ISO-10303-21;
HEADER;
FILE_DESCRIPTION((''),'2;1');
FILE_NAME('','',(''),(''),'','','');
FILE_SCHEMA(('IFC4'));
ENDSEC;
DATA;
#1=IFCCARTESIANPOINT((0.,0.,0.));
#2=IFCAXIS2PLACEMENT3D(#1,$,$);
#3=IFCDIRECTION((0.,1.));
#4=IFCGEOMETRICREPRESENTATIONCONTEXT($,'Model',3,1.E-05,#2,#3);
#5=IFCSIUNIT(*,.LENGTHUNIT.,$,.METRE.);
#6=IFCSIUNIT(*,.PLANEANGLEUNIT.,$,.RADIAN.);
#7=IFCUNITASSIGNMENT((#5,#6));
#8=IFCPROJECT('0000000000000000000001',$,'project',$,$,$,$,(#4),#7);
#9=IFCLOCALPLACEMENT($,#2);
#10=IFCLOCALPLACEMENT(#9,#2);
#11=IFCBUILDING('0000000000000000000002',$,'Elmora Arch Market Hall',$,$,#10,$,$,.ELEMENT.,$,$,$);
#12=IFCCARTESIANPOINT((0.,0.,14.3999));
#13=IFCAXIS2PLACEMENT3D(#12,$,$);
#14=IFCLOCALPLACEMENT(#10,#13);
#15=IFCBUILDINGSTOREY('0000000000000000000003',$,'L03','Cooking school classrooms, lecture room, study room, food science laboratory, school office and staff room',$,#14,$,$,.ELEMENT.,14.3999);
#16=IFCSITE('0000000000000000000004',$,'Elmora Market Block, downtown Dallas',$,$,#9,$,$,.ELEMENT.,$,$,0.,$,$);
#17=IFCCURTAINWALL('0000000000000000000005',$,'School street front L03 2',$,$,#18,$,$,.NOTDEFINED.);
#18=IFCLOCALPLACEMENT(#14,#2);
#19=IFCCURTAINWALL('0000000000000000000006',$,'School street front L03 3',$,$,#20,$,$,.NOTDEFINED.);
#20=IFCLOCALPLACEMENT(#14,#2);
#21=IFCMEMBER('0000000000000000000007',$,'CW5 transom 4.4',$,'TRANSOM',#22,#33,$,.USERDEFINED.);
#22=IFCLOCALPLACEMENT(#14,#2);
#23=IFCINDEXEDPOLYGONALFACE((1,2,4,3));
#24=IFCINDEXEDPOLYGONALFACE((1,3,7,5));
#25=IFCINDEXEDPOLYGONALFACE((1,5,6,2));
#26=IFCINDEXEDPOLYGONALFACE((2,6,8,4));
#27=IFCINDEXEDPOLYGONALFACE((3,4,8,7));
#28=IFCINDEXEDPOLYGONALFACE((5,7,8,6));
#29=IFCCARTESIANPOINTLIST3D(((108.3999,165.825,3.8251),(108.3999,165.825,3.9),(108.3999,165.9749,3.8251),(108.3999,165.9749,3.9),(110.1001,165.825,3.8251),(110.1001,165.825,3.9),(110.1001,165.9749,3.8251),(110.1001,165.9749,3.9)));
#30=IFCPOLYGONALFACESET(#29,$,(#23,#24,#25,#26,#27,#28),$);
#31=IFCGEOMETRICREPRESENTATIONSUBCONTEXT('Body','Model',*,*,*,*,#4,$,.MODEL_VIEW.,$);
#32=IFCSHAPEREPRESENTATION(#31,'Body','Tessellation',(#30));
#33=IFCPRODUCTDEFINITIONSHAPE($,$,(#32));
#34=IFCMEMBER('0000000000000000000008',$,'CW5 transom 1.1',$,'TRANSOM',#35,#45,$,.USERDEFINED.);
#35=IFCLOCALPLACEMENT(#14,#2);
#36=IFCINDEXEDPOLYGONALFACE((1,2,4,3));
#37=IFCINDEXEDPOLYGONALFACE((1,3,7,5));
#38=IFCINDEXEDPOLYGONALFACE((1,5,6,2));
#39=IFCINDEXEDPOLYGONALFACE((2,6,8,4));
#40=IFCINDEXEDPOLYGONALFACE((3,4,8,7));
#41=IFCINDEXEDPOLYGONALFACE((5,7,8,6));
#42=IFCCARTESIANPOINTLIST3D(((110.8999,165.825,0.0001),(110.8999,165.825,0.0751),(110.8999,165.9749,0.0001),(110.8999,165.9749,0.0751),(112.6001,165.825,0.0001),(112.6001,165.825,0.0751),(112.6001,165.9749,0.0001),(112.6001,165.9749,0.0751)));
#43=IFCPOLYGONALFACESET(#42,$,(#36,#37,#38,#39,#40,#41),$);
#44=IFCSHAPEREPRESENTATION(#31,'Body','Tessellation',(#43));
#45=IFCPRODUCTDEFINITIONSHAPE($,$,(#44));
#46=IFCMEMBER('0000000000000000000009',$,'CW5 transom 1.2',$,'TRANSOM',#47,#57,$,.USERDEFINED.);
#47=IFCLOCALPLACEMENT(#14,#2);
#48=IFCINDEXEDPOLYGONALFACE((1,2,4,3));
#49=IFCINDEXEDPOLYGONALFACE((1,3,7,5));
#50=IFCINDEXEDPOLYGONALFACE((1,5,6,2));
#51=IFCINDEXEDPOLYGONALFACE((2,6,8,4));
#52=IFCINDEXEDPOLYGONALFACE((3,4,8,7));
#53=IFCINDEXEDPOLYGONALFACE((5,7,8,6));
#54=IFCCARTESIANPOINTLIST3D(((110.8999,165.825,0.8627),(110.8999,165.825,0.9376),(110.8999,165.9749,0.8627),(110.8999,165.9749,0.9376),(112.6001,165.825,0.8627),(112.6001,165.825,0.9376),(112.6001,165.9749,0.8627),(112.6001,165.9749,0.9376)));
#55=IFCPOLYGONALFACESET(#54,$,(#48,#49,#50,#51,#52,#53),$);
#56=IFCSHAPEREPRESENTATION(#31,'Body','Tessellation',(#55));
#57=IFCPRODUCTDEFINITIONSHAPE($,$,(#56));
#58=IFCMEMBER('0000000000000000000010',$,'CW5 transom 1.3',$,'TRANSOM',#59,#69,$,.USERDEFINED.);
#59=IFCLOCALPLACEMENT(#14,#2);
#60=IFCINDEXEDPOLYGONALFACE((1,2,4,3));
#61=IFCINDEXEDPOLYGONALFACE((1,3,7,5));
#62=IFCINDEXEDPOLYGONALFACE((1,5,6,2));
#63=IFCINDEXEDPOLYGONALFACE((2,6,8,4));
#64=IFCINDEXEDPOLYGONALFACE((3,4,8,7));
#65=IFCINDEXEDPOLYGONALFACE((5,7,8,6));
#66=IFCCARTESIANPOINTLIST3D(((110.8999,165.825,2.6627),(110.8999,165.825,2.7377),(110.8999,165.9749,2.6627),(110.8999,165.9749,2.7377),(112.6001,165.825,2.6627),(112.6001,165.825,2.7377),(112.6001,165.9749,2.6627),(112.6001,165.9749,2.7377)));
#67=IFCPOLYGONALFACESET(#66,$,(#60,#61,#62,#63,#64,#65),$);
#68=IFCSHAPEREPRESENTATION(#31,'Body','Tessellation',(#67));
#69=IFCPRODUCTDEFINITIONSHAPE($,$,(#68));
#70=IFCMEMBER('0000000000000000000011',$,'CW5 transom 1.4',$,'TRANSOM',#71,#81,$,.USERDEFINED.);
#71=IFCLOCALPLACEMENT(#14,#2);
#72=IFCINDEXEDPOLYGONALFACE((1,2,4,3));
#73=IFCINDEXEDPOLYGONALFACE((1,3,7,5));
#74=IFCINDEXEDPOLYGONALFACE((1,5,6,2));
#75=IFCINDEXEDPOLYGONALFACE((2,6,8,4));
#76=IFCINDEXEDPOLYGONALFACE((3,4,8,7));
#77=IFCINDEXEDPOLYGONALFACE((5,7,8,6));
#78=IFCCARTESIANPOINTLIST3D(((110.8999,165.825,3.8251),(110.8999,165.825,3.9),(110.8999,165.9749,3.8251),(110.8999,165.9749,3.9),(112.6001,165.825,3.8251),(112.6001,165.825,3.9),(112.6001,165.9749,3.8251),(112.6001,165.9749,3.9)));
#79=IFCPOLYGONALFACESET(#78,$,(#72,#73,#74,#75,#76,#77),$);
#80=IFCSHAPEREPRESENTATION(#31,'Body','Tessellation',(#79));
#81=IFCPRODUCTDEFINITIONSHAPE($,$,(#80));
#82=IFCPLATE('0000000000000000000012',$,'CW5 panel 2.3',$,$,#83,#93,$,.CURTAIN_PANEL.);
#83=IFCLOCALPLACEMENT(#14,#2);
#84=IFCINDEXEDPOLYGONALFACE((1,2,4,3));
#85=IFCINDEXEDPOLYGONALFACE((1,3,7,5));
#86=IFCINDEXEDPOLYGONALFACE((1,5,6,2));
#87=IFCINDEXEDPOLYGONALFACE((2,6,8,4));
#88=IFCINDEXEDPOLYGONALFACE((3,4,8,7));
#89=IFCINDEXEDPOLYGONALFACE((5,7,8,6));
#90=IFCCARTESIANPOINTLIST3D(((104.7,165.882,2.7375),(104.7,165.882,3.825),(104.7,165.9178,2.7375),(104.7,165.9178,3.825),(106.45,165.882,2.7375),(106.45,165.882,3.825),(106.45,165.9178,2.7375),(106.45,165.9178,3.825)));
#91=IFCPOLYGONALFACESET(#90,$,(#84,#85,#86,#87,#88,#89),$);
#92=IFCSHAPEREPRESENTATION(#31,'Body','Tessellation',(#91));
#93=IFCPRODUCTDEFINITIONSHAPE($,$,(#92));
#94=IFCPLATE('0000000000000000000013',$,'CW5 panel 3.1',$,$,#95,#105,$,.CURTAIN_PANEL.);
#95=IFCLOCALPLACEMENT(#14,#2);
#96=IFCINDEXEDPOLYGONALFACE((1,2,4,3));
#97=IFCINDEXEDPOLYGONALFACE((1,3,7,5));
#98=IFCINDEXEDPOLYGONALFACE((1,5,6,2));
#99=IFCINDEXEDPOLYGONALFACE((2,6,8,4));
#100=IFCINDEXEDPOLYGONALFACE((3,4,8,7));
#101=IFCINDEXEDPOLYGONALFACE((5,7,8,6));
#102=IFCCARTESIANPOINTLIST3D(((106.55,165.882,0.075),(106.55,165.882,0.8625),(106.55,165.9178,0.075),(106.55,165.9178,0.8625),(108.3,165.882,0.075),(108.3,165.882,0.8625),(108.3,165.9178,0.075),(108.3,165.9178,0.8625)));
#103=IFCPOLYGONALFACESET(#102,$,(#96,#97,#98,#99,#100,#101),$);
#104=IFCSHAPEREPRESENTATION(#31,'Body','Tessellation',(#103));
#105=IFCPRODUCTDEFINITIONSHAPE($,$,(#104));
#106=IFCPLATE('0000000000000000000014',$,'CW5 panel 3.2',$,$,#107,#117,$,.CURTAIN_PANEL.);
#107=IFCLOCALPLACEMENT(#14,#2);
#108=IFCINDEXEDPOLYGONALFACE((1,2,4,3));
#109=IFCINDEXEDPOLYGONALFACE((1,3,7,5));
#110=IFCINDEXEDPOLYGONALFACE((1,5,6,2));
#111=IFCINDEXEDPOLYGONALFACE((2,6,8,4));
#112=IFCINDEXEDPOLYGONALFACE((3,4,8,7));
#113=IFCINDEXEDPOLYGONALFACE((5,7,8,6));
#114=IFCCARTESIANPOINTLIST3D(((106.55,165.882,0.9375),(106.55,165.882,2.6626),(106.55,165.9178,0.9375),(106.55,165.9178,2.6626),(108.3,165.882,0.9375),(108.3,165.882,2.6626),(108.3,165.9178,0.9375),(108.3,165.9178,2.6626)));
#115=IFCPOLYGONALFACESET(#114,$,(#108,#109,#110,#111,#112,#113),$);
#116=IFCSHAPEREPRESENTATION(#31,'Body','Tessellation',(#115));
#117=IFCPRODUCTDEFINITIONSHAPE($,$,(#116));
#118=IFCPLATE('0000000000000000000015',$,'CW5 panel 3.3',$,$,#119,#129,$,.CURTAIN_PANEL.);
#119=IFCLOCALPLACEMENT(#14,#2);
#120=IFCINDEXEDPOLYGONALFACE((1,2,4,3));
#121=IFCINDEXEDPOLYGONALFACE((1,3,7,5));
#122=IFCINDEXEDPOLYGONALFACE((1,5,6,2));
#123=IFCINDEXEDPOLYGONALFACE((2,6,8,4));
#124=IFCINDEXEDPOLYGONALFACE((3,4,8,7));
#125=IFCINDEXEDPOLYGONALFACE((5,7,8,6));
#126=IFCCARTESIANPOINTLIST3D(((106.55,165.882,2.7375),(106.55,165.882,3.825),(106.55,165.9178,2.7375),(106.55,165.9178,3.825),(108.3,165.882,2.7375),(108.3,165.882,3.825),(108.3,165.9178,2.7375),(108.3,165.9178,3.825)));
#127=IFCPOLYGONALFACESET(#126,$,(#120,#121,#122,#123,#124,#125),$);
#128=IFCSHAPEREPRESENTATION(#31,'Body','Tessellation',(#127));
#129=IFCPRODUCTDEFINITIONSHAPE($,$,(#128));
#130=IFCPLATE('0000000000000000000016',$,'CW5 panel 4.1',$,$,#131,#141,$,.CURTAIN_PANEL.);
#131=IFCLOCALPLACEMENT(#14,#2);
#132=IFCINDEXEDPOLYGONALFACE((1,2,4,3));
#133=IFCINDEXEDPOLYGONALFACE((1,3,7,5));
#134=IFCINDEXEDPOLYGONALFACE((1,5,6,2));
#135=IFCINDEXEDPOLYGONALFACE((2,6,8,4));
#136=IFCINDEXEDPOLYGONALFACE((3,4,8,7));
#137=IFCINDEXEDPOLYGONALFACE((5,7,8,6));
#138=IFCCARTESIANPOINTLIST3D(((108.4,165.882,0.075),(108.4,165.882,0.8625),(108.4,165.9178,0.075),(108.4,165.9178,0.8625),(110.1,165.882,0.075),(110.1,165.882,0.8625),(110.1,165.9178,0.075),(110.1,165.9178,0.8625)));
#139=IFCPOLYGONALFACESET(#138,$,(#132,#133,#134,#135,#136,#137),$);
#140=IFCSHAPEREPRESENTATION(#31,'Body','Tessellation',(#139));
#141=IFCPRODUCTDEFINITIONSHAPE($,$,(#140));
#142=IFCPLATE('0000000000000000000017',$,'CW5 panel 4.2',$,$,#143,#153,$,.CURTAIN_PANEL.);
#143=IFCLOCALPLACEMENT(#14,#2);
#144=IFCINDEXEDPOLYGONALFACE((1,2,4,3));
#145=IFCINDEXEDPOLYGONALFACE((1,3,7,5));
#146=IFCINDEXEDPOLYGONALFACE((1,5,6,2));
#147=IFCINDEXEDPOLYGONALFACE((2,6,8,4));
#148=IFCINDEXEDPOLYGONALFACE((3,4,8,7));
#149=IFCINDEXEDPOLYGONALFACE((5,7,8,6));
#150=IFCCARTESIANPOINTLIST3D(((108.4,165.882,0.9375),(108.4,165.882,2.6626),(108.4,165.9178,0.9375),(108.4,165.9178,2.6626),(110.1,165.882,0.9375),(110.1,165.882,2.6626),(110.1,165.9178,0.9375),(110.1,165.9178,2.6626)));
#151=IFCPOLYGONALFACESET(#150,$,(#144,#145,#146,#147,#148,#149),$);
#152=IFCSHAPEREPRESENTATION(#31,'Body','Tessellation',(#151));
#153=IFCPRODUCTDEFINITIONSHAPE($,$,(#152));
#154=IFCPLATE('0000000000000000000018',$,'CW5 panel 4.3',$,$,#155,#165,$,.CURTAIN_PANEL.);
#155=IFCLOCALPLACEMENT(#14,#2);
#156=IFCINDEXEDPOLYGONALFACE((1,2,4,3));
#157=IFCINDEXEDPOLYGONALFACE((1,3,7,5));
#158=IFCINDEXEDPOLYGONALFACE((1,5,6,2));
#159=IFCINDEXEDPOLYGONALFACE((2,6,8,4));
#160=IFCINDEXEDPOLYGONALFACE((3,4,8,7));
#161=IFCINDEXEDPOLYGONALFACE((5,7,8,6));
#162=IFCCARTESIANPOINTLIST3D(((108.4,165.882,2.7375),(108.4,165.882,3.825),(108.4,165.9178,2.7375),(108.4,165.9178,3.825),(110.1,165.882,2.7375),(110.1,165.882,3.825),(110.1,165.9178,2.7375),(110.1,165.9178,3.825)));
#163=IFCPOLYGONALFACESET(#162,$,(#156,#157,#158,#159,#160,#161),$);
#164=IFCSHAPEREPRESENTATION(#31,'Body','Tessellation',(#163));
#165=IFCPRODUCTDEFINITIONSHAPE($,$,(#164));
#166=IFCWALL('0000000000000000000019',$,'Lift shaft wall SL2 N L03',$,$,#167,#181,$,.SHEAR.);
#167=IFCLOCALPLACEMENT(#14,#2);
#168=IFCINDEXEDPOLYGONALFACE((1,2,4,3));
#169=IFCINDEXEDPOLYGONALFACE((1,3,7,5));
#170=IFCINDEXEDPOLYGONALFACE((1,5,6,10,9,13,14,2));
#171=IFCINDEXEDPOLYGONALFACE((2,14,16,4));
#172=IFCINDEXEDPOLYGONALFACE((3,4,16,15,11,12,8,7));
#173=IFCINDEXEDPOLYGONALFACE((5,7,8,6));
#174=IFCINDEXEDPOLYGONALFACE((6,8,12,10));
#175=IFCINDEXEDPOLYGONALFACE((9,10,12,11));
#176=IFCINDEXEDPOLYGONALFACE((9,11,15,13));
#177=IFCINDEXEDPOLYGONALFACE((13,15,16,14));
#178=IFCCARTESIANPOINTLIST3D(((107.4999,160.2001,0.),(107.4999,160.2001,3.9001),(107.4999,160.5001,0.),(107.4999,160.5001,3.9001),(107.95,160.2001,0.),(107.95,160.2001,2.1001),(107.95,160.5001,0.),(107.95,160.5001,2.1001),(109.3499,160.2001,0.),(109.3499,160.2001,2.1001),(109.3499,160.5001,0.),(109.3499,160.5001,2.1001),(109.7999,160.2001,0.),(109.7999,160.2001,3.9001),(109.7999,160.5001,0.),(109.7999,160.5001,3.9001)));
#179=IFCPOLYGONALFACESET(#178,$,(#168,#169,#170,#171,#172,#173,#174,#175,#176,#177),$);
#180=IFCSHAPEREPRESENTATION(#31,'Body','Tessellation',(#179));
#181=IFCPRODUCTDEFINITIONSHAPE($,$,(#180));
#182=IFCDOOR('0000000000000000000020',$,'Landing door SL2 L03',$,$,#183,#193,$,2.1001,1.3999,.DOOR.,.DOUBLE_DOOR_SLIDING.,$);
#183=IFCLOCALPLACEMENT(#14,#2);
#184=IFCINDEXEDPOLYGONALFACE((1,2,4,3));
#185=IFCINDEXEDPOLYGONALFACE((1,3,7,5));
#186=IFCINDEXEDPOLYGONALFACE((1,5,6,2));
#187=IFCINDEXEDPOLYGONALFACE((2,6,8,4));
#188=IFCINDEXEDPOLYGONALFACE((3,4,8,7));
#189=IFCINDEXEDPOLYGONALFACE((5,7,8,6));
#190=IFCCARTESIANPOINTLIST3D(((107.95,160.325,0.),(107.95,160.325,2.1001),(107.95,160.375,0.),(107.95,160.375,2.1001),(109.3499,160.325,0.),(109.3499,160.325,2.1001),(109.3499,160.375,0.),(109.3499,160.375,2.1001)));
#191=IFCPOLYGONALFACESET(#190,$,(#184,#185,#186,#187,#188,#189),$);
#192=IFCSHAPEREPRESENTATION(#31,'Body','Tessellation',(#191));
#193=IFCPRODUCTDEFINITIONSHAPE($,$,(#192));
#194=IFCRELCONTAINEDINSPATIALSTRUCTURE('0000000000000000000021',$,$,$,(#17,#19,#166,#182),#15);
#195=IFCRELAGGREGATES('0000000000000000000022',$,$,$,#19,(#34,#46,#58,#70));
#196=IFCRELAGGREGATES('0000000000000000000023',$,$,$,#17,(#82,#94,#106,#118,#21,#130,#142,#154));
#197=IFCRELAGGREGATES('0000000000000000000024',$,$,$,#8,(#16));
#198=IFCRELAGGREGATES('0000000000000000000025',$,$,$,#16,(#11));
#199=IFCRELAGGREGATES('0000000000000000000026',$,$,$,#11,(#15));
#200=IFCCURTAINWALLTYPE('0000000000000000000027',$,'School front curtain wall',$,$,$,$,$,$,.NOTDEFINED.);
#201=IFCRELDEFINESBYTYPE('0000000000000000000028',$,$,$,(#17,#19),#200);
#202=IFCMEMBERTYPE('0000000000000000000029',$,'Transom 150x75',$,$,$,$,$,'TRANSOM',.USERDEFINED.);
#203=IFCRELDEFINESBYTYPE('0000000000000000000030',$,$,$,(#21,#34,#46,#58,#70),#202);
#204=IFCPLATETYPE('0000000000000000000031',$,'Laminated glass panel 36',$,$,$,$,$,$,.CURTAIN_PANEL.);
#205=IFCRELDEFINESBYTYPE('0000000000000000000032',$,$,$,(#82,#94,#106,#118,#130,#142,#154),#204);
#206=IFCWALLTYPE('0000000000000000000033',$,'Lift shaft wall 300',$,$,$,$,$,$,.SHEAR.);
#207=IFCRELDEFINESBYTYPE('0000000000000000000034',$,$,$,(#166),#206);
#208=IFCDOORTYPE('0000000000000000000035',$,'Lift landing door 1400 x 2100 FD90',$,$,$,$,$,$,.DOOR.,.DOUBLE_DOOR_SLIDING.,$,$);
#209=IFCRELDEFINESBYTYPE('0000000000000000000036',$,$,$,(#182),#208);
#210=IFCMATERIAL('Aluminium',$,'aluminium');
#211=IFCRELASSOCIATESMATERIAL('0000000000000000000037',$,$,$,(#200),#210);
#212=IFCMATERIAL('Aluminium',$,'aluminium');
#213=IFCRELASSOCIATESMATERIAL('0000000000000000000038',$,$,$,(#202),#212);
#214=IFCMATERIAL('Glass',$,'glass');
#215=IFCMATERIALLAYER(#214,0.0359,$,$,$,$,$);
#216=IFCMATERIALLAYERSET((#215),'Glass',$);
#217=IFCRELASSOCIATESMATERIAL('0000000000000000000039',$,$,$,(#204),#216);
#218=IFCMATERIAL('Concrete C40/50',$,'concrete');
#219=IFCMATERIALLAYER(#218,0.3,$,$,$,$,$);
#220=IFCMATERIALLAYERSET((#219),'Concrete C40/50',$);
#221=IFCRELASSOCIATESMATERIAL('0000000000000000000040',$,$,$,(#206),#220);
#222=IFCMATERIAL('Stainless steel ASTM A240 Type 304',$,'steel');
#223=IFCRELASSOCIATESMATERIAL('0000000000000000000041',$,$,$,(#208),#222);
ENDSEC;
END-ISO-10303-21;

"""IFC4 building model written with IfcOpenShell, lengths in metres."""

from ifc_helpers import new_model, si_unit, direction, frame, frame_2d, origin, origin_2d, place, context, subcontext, project, spatial, rectangle, extrude, material, layer, layer_set, material_profile, profile_set, type_object, element, fill, aggregate, save


model = new_model("IFC4")

# Units and contexts
model_context = context("Model", 3, precision=1e-05, world=origin(), true_north=direction((0.0, 1.0)))
body_context = subcontext(model_context, "Body", "Model", "MODEL_VIEW")
ifc_project = project(units=[si_unit("LENGTHUNIT", "METRE"), si_unit("PLANEANGLEUNIT", "RADIAN")], contexts=[model_context])

# Site, building, storey
site_placement = place(None, origin())
site = spatial("IfcSite", under=ifc_project, at=site_placement, Name="Elmora Market Block, downtown Dallas", CompositionType="ELEMENT", RefElevation=0.0)
building_placement = place(site_placement, origin())
building = spatial("IfcBuilding", under=site, at=building_placement, Name="Elmora Arch Market Hall", CompositionType="ELEMENT")
storey_placement = place(building_placement, frame((0.0, 0.0, 14.3999)))
storey = spatial("IfcBuildingStorey", under=building, at=storey_placement, Name="L03", Description="Cooking school classrooms, lecture room, study room, food science laboratory, school office and staff room", CompositionType="ELEMENT", Elevation=14.3999)

# Curtain wall
ifc_material_1 = material(Name="Aluminium", Category="aluminium")
curtain_wall_type = type_object("IfcCurtainWallType", Name="School front curtain wall", PredefinedType="NOTDEFINED", material=ifc_material_1)
curtain_wall_1_placement = place(storey_placement, origin())
curtain_wall_1 = element("IfcCurtainWall", 1, at=curtain_wall_1_placement, inside=storey, type_object=curtain_wall_type, Name="School street front L03 2", PredefinedType="NOTDEFINED")

# Curtain wall
curtain_wall_2_placement = place(storey_placement, origin())
curtain_wall_2 = element("IfcCurtainWall", 2, at=curtain_wall_2_placement, inside=storey, type_object=curtain_wall_type, Name="School street front L03 3", PredefinedType="NOTDEFINED")

# Members
ifc_material_2 = material(Name="Aluminium", Category="aluminium")
ifc_material_profile_1 = material_profile(ifc_material_2, rectangle(XDim=0.1499, YDim=0.075, at=origin_2d()), Name="AL 150x75")
ifc_profile_set_1 = profile_set([ifc_material_profile_1], Name="Aluminium")
member_type_1 = type_object("IfcMemberType", Name="Transom 150x75", ElementType="TRANSOM", PredefinedType="USERDEFINED", material=ifc_profile_set_1)
member_1_placement = place(storey_placement, frame((108.3999, 165.8999, 3.8625), z_axis=(1.0, 0.0, 0.0), x_axis=(0.0, 1.0, 0.0)))
member_1 = element("IfcMember", 3, at=member_1_placement, type_object=member_type_1, Name="CW5 transom 4.4", ObjectType="TRANSOM", PredefinedType="USERDEFINED", context=body_context, shape_type="SweptSolid", body=[
    extrude(rectangle(XDim=0.1499, YDim=0.075, at=origin_2d()), origin(), (0.0, 0.0, 1.0), 1.7002),
])
member_2_placement = place(storey_placement, frame((110.8999, 165.8999, 0.0376), z_axis=(1.0, 0.0, 0.0), x_axis=(0.0, 1.0, 0.0)))
member_2 = element("IfcMember", 4, at=member_2_placement, type_object=member_type_1, Name="CW5 transom 1.1", ObjectType="TRANSOM", PredefinedType="USERDEFINED", context=body_context, shape_type="SweptSolid", body=[
    extrude(rectangle(XDim=0.1499, YDim=0.075, at=origin_2d()), origin(), (0.0, 0.0, 1.0), 1.7002),
])
member_3_placement = place(storey_placement, frame((110.8999, 165.8999, 0.9001), z_axis=(1.0, 0.0, 0.0), x_axis=(0.0, 1.0, 0.0)))
member_3 = element("IfcMember", 5, at=member_3_placement, type_object=member_type_1, Name="CW5 transom 1.2", ObjectType="TRANSOM", PredefinedType="USERDEFINED", context=body_context, shape_type="SweptSolid", body=[
    extrude(rectangle(XDim=0.1499, YDim=0.075, at=origin_2d()), origin(), (0.0, 0.0, 1.0), 1.7002),
])
member_4_placement = place(storey_placement, frame((110.8999, 165.8999, 2.7002), z_axis=(1.0, 0.0, 0.0), x_axis=(0.0, 1.0, 0.0)))
member_4 = element("IfcMember", 6, at=member_4_placement, type_object=member_type_1, Name="CW5 transom 1.3", ObjectType="TRANSOM", PredefinedType="USERDEFINED", context=body_context, shape_type="SweptSolid", body=[
    extrude(rectangle(XDim=0.1499, YDim=0.075, at=origin_2d()), origin(), (0.0, 0.0, 1.0), 1.7002),
])
member_5_placement = place(storey_placement, frame((110.8999, 165.8999, 3.8625), z_axis=(1.0, 0.0, 0.0), x_axis=(0.0, 1.0, 0.0)))
member_5 = element("IfcMember", 7, at=member_5_placement, type_object=member_type_1, Name="CW5 transom 1.4", ObjectType="TRANSOM", PredefinedType="USERDEFINED", context=body_context, shape_type="SweptSolid", body=[
    extrude(rectangle(XDim=0.1499, YDim=0.075, at=origin_2d()), origin(), (0.0, 0.0, 1.0), 1.7002),
])
aggregate(curtain_wall_2, [member_2, member_3, member_4, member_5])

# Plates
ifc_material_3 = material(Name="Glass", Category="glass")
ifc_layer_1 = layer(ifc_material_3, 0.0359)
ifc_layer_set_1 = layer_set([ifc_layer_1], Name="Glass")
plate_type = type_object("IfcPlateType", Name="Laminated glass panel 36", PredefinedType="CURTAIN_PANEL", material=ifc_layer_set_1)
plate_1_placement = place(storey_placement, frame((105.575, 165.8999, 2.7375), z_axis=(0.0, 0.0, 1.0), x_axis=(1.0, 0.0, 0.0)))
plate_1 = element("IfcPlate", 8, at=plate_1_placement, type_object=plate_type, Name="CW5 panel 2.3", PredefinedType="CURTAIN_PANEL", context=body_context, shape_type="SweptSolid", body=[
    extrude(rectangle(XDim=1.75, YDim=0.0359, at=origin_2d()), origin(), (0.0, 0.0, 1.0), 1.0874),
])
plate_2_placement = place(storey_placement, frame((107.425, 165.8999, 0.075), z_axis=(0.0, 0.0, 1.0), x_axis=(1.0, 0.0, 0.0)))
plate_2 = element("IfcPlate", 9, at=plate_2_placement, type_object=plate_type, Name="CW5 panel 3.1", PredefinedType="CURTAIN_PANEL", context=body_context, shape_type="SweptSolid", body=[
    extrude(rectangle(XDim=1.75, YDim=0.0359, at=origin_2d()), origin(), (0.0, 0.0, 1.0), 0.7876),
])
plate_3_placement = place(storey_placement, frame((107.425, 165.8999, 0.9375), z_axis=(0.0, 0.0, 1.0), x_axis=(1.0, 0.0, 0.0)))
plate_3 = element("IfcPlate", 10, at=plate_3_placement, type_object=plate_type, Name="CW5 panel 3.2", PredefinedType="CURTAIN_PANEL", context=body_context, shape_type="SweptSolid", body=[
    extrude(rectangle(XDim=1.75, YDim=0.0359, at=origin_2d()), origin(), (0.0, 0.0, 1.0), 1.7251),
])
plate_4_placement = place(storey_placement, frame((107.425, 165.8999, 2.7375), z_axis=(0.0, 0.0, 1.0), x_axis=(1.0, 0.0, 0.0)))
plate_4 = element("IfcPlate", 11, at=plate_4_placement, type_object=plate_type, Name="CW5 panel 3.3", PredefinedType="CURTAIN_PANEL", context=body_context, shape_type="SweptSolid", body=[
    extrude(rectangle(XDim=1.75, YDim=0.0359, at=origin_2d()), origin(), (0.0, 0.0, 1.0), 1.0874),
])
plate_5_placement = place(storey_placement, frame((109.25, 165.8999, 0.075), z_axis=(0.0, 0.0, 1.0), x_axis=(1.0, 0.0, 0.0)))
plate_5 = element("IfcPlate", 12, at=plate_5_placement, type_object=plate_type, Name="CW5 panel 4.1", PredefinedType="CURTAIN_PANEL", context=body_context, shape_type="SweptSolid", body=[
    extrude(rectangle(XDim=1.7, YDim=0.0359, at=origin_2d()), origin(), (0.0, 0.0, 1.0), 0.7876),
])
plate_6_placement = place(storey_placement, frame((109.25, 165.8999, 0.9375), z_axis=(0.0, 0.0, 1.0), x_axis=(1.0, 0.0, 0.0)))
plate_6 = element("IfcPlate", 13, at=plate_6_placement, type_object=plate_type, Name="CW5 panel 4.2", PredefinedType="CURTAIN_PANEL", context=body_context, shape_type="SweptSolid", body=[
    extrude(rectangle(XDim=1.7, YDim=0.0359, at=origin_2d()), origin(), (0.0, 0.0, 1.0), 1.7251),
])
plate_7_placement = place(storey_placement, frame((109.25, 165.8999, 2.7375), z_axis=(0.0, 0.0, 1.0), x_axis=(1.0, 0.0, 0.0)))
plate_7 = element("IfcPlate", 14, at=plate_7_placement, type_object=plate_type, Name="CW5 panel 4.3", PredefinedType="CURTAIN_PANEL", context=body_context, shape_type="SweptSolid", body=[
    extrude(rectangle(XDim=1.7, YDim=0.0359, at=origin_2d()), origin(), (0.0, 0.0, 1.0), 1.0874),
])
aggregate(curtain_wall_1, [plate_1, plate_2, plate_3, plate_4, member_1, plate_5, plate_6, plate_7])

# Wall, opening, door
ifc_material_4 = material(Name="Concrete C40/50", Category="concrete")
ifc_layer_2 = layer(ifc_material_4, 0.3)
ifc_layer_set_2 = layer_set([ifc_layer_2], Name="Concrete C40/50")
wall_type = type_object("IfcWallType", Name="Lift shaft wall 300", PredefinedType="SHEAR", material=ifc_layer_set_2)
wall_placement = place(storey_placement, frame((107.5, 160.3501, 0.0), z_axis=(0.0, 0.0, 1.0), x_axis=(1.0, 0.0, 0.0)))
wall = element("IfcWall", 15, at=wall_placement, inside=storey, type_object=wall_type, Name="Lift shaft wall SL2 N L03", PredefinedType="SHEAR", context=body_context, shape_type="SweptSolid", body=[
    extrude(rectangle(XDim=2.3, YDim=0.3, at=frame_2d((1.1499, 0.0))), origin(), (0.0, 0.0, 1.0), 3.9001),
])
opening_placement = place(wall_placement, frame((0.45, 0.0, 0.0)))
opening = element("IfcOpeningElement", 16, at=opening_placement, cuts=wall, PredefinedType="OPENING", context=body_context, shape_type="SweptSolid", body=[
    extrude(rectangle(XDim=1.3999, YDim=2.1001, at=frame_2d((0.7, 1.05))), frame((0.0, 0.1599, 0.0), z_axis=(0.0, -1.0, 0.0), x_axis=(1.0, 0.0, 0.0)), (0.0, 0.0, 1.0), 0.3201),
])
ifc_material_5 = material(Name="Stainless steel ASTM A240 Type 304", Category="steel")
door_type = type_object("IfcDoorType", Name="Lift landing door 1400 x 2100 FD90", OperationType="DOUBLE_DOOR_SLIDING", PredefinedType="DOOR", material=ifc_material_5)
door_placement = place(opening_placement, origin())
door = element("IfcDoor", 17, at=door_placement, inside=storey, type_object=door_type, Name="Landing door SL2 L03", OperationType="DOUBLE_DOOR_SLIDING", OverallHeight=2.1001, OverallWidth=1.3999, PredefinedType="DOOR", context=body_context, shape_type="SweptSolid", body=[
    extrude(rectangle(XDim=1.3999, YDim=2.1001, at=frame_2d((0.7, 1.05))), frame((0.0, 0.0249, 0.0), z_axis=(0.0, -1.0, 0.0), x_axis=(1.0, 0.0, 0.0)), (0.0, 0.0, 1.0), 0.05),
])
fill(opening, door)

save(model, "model.ifc")
